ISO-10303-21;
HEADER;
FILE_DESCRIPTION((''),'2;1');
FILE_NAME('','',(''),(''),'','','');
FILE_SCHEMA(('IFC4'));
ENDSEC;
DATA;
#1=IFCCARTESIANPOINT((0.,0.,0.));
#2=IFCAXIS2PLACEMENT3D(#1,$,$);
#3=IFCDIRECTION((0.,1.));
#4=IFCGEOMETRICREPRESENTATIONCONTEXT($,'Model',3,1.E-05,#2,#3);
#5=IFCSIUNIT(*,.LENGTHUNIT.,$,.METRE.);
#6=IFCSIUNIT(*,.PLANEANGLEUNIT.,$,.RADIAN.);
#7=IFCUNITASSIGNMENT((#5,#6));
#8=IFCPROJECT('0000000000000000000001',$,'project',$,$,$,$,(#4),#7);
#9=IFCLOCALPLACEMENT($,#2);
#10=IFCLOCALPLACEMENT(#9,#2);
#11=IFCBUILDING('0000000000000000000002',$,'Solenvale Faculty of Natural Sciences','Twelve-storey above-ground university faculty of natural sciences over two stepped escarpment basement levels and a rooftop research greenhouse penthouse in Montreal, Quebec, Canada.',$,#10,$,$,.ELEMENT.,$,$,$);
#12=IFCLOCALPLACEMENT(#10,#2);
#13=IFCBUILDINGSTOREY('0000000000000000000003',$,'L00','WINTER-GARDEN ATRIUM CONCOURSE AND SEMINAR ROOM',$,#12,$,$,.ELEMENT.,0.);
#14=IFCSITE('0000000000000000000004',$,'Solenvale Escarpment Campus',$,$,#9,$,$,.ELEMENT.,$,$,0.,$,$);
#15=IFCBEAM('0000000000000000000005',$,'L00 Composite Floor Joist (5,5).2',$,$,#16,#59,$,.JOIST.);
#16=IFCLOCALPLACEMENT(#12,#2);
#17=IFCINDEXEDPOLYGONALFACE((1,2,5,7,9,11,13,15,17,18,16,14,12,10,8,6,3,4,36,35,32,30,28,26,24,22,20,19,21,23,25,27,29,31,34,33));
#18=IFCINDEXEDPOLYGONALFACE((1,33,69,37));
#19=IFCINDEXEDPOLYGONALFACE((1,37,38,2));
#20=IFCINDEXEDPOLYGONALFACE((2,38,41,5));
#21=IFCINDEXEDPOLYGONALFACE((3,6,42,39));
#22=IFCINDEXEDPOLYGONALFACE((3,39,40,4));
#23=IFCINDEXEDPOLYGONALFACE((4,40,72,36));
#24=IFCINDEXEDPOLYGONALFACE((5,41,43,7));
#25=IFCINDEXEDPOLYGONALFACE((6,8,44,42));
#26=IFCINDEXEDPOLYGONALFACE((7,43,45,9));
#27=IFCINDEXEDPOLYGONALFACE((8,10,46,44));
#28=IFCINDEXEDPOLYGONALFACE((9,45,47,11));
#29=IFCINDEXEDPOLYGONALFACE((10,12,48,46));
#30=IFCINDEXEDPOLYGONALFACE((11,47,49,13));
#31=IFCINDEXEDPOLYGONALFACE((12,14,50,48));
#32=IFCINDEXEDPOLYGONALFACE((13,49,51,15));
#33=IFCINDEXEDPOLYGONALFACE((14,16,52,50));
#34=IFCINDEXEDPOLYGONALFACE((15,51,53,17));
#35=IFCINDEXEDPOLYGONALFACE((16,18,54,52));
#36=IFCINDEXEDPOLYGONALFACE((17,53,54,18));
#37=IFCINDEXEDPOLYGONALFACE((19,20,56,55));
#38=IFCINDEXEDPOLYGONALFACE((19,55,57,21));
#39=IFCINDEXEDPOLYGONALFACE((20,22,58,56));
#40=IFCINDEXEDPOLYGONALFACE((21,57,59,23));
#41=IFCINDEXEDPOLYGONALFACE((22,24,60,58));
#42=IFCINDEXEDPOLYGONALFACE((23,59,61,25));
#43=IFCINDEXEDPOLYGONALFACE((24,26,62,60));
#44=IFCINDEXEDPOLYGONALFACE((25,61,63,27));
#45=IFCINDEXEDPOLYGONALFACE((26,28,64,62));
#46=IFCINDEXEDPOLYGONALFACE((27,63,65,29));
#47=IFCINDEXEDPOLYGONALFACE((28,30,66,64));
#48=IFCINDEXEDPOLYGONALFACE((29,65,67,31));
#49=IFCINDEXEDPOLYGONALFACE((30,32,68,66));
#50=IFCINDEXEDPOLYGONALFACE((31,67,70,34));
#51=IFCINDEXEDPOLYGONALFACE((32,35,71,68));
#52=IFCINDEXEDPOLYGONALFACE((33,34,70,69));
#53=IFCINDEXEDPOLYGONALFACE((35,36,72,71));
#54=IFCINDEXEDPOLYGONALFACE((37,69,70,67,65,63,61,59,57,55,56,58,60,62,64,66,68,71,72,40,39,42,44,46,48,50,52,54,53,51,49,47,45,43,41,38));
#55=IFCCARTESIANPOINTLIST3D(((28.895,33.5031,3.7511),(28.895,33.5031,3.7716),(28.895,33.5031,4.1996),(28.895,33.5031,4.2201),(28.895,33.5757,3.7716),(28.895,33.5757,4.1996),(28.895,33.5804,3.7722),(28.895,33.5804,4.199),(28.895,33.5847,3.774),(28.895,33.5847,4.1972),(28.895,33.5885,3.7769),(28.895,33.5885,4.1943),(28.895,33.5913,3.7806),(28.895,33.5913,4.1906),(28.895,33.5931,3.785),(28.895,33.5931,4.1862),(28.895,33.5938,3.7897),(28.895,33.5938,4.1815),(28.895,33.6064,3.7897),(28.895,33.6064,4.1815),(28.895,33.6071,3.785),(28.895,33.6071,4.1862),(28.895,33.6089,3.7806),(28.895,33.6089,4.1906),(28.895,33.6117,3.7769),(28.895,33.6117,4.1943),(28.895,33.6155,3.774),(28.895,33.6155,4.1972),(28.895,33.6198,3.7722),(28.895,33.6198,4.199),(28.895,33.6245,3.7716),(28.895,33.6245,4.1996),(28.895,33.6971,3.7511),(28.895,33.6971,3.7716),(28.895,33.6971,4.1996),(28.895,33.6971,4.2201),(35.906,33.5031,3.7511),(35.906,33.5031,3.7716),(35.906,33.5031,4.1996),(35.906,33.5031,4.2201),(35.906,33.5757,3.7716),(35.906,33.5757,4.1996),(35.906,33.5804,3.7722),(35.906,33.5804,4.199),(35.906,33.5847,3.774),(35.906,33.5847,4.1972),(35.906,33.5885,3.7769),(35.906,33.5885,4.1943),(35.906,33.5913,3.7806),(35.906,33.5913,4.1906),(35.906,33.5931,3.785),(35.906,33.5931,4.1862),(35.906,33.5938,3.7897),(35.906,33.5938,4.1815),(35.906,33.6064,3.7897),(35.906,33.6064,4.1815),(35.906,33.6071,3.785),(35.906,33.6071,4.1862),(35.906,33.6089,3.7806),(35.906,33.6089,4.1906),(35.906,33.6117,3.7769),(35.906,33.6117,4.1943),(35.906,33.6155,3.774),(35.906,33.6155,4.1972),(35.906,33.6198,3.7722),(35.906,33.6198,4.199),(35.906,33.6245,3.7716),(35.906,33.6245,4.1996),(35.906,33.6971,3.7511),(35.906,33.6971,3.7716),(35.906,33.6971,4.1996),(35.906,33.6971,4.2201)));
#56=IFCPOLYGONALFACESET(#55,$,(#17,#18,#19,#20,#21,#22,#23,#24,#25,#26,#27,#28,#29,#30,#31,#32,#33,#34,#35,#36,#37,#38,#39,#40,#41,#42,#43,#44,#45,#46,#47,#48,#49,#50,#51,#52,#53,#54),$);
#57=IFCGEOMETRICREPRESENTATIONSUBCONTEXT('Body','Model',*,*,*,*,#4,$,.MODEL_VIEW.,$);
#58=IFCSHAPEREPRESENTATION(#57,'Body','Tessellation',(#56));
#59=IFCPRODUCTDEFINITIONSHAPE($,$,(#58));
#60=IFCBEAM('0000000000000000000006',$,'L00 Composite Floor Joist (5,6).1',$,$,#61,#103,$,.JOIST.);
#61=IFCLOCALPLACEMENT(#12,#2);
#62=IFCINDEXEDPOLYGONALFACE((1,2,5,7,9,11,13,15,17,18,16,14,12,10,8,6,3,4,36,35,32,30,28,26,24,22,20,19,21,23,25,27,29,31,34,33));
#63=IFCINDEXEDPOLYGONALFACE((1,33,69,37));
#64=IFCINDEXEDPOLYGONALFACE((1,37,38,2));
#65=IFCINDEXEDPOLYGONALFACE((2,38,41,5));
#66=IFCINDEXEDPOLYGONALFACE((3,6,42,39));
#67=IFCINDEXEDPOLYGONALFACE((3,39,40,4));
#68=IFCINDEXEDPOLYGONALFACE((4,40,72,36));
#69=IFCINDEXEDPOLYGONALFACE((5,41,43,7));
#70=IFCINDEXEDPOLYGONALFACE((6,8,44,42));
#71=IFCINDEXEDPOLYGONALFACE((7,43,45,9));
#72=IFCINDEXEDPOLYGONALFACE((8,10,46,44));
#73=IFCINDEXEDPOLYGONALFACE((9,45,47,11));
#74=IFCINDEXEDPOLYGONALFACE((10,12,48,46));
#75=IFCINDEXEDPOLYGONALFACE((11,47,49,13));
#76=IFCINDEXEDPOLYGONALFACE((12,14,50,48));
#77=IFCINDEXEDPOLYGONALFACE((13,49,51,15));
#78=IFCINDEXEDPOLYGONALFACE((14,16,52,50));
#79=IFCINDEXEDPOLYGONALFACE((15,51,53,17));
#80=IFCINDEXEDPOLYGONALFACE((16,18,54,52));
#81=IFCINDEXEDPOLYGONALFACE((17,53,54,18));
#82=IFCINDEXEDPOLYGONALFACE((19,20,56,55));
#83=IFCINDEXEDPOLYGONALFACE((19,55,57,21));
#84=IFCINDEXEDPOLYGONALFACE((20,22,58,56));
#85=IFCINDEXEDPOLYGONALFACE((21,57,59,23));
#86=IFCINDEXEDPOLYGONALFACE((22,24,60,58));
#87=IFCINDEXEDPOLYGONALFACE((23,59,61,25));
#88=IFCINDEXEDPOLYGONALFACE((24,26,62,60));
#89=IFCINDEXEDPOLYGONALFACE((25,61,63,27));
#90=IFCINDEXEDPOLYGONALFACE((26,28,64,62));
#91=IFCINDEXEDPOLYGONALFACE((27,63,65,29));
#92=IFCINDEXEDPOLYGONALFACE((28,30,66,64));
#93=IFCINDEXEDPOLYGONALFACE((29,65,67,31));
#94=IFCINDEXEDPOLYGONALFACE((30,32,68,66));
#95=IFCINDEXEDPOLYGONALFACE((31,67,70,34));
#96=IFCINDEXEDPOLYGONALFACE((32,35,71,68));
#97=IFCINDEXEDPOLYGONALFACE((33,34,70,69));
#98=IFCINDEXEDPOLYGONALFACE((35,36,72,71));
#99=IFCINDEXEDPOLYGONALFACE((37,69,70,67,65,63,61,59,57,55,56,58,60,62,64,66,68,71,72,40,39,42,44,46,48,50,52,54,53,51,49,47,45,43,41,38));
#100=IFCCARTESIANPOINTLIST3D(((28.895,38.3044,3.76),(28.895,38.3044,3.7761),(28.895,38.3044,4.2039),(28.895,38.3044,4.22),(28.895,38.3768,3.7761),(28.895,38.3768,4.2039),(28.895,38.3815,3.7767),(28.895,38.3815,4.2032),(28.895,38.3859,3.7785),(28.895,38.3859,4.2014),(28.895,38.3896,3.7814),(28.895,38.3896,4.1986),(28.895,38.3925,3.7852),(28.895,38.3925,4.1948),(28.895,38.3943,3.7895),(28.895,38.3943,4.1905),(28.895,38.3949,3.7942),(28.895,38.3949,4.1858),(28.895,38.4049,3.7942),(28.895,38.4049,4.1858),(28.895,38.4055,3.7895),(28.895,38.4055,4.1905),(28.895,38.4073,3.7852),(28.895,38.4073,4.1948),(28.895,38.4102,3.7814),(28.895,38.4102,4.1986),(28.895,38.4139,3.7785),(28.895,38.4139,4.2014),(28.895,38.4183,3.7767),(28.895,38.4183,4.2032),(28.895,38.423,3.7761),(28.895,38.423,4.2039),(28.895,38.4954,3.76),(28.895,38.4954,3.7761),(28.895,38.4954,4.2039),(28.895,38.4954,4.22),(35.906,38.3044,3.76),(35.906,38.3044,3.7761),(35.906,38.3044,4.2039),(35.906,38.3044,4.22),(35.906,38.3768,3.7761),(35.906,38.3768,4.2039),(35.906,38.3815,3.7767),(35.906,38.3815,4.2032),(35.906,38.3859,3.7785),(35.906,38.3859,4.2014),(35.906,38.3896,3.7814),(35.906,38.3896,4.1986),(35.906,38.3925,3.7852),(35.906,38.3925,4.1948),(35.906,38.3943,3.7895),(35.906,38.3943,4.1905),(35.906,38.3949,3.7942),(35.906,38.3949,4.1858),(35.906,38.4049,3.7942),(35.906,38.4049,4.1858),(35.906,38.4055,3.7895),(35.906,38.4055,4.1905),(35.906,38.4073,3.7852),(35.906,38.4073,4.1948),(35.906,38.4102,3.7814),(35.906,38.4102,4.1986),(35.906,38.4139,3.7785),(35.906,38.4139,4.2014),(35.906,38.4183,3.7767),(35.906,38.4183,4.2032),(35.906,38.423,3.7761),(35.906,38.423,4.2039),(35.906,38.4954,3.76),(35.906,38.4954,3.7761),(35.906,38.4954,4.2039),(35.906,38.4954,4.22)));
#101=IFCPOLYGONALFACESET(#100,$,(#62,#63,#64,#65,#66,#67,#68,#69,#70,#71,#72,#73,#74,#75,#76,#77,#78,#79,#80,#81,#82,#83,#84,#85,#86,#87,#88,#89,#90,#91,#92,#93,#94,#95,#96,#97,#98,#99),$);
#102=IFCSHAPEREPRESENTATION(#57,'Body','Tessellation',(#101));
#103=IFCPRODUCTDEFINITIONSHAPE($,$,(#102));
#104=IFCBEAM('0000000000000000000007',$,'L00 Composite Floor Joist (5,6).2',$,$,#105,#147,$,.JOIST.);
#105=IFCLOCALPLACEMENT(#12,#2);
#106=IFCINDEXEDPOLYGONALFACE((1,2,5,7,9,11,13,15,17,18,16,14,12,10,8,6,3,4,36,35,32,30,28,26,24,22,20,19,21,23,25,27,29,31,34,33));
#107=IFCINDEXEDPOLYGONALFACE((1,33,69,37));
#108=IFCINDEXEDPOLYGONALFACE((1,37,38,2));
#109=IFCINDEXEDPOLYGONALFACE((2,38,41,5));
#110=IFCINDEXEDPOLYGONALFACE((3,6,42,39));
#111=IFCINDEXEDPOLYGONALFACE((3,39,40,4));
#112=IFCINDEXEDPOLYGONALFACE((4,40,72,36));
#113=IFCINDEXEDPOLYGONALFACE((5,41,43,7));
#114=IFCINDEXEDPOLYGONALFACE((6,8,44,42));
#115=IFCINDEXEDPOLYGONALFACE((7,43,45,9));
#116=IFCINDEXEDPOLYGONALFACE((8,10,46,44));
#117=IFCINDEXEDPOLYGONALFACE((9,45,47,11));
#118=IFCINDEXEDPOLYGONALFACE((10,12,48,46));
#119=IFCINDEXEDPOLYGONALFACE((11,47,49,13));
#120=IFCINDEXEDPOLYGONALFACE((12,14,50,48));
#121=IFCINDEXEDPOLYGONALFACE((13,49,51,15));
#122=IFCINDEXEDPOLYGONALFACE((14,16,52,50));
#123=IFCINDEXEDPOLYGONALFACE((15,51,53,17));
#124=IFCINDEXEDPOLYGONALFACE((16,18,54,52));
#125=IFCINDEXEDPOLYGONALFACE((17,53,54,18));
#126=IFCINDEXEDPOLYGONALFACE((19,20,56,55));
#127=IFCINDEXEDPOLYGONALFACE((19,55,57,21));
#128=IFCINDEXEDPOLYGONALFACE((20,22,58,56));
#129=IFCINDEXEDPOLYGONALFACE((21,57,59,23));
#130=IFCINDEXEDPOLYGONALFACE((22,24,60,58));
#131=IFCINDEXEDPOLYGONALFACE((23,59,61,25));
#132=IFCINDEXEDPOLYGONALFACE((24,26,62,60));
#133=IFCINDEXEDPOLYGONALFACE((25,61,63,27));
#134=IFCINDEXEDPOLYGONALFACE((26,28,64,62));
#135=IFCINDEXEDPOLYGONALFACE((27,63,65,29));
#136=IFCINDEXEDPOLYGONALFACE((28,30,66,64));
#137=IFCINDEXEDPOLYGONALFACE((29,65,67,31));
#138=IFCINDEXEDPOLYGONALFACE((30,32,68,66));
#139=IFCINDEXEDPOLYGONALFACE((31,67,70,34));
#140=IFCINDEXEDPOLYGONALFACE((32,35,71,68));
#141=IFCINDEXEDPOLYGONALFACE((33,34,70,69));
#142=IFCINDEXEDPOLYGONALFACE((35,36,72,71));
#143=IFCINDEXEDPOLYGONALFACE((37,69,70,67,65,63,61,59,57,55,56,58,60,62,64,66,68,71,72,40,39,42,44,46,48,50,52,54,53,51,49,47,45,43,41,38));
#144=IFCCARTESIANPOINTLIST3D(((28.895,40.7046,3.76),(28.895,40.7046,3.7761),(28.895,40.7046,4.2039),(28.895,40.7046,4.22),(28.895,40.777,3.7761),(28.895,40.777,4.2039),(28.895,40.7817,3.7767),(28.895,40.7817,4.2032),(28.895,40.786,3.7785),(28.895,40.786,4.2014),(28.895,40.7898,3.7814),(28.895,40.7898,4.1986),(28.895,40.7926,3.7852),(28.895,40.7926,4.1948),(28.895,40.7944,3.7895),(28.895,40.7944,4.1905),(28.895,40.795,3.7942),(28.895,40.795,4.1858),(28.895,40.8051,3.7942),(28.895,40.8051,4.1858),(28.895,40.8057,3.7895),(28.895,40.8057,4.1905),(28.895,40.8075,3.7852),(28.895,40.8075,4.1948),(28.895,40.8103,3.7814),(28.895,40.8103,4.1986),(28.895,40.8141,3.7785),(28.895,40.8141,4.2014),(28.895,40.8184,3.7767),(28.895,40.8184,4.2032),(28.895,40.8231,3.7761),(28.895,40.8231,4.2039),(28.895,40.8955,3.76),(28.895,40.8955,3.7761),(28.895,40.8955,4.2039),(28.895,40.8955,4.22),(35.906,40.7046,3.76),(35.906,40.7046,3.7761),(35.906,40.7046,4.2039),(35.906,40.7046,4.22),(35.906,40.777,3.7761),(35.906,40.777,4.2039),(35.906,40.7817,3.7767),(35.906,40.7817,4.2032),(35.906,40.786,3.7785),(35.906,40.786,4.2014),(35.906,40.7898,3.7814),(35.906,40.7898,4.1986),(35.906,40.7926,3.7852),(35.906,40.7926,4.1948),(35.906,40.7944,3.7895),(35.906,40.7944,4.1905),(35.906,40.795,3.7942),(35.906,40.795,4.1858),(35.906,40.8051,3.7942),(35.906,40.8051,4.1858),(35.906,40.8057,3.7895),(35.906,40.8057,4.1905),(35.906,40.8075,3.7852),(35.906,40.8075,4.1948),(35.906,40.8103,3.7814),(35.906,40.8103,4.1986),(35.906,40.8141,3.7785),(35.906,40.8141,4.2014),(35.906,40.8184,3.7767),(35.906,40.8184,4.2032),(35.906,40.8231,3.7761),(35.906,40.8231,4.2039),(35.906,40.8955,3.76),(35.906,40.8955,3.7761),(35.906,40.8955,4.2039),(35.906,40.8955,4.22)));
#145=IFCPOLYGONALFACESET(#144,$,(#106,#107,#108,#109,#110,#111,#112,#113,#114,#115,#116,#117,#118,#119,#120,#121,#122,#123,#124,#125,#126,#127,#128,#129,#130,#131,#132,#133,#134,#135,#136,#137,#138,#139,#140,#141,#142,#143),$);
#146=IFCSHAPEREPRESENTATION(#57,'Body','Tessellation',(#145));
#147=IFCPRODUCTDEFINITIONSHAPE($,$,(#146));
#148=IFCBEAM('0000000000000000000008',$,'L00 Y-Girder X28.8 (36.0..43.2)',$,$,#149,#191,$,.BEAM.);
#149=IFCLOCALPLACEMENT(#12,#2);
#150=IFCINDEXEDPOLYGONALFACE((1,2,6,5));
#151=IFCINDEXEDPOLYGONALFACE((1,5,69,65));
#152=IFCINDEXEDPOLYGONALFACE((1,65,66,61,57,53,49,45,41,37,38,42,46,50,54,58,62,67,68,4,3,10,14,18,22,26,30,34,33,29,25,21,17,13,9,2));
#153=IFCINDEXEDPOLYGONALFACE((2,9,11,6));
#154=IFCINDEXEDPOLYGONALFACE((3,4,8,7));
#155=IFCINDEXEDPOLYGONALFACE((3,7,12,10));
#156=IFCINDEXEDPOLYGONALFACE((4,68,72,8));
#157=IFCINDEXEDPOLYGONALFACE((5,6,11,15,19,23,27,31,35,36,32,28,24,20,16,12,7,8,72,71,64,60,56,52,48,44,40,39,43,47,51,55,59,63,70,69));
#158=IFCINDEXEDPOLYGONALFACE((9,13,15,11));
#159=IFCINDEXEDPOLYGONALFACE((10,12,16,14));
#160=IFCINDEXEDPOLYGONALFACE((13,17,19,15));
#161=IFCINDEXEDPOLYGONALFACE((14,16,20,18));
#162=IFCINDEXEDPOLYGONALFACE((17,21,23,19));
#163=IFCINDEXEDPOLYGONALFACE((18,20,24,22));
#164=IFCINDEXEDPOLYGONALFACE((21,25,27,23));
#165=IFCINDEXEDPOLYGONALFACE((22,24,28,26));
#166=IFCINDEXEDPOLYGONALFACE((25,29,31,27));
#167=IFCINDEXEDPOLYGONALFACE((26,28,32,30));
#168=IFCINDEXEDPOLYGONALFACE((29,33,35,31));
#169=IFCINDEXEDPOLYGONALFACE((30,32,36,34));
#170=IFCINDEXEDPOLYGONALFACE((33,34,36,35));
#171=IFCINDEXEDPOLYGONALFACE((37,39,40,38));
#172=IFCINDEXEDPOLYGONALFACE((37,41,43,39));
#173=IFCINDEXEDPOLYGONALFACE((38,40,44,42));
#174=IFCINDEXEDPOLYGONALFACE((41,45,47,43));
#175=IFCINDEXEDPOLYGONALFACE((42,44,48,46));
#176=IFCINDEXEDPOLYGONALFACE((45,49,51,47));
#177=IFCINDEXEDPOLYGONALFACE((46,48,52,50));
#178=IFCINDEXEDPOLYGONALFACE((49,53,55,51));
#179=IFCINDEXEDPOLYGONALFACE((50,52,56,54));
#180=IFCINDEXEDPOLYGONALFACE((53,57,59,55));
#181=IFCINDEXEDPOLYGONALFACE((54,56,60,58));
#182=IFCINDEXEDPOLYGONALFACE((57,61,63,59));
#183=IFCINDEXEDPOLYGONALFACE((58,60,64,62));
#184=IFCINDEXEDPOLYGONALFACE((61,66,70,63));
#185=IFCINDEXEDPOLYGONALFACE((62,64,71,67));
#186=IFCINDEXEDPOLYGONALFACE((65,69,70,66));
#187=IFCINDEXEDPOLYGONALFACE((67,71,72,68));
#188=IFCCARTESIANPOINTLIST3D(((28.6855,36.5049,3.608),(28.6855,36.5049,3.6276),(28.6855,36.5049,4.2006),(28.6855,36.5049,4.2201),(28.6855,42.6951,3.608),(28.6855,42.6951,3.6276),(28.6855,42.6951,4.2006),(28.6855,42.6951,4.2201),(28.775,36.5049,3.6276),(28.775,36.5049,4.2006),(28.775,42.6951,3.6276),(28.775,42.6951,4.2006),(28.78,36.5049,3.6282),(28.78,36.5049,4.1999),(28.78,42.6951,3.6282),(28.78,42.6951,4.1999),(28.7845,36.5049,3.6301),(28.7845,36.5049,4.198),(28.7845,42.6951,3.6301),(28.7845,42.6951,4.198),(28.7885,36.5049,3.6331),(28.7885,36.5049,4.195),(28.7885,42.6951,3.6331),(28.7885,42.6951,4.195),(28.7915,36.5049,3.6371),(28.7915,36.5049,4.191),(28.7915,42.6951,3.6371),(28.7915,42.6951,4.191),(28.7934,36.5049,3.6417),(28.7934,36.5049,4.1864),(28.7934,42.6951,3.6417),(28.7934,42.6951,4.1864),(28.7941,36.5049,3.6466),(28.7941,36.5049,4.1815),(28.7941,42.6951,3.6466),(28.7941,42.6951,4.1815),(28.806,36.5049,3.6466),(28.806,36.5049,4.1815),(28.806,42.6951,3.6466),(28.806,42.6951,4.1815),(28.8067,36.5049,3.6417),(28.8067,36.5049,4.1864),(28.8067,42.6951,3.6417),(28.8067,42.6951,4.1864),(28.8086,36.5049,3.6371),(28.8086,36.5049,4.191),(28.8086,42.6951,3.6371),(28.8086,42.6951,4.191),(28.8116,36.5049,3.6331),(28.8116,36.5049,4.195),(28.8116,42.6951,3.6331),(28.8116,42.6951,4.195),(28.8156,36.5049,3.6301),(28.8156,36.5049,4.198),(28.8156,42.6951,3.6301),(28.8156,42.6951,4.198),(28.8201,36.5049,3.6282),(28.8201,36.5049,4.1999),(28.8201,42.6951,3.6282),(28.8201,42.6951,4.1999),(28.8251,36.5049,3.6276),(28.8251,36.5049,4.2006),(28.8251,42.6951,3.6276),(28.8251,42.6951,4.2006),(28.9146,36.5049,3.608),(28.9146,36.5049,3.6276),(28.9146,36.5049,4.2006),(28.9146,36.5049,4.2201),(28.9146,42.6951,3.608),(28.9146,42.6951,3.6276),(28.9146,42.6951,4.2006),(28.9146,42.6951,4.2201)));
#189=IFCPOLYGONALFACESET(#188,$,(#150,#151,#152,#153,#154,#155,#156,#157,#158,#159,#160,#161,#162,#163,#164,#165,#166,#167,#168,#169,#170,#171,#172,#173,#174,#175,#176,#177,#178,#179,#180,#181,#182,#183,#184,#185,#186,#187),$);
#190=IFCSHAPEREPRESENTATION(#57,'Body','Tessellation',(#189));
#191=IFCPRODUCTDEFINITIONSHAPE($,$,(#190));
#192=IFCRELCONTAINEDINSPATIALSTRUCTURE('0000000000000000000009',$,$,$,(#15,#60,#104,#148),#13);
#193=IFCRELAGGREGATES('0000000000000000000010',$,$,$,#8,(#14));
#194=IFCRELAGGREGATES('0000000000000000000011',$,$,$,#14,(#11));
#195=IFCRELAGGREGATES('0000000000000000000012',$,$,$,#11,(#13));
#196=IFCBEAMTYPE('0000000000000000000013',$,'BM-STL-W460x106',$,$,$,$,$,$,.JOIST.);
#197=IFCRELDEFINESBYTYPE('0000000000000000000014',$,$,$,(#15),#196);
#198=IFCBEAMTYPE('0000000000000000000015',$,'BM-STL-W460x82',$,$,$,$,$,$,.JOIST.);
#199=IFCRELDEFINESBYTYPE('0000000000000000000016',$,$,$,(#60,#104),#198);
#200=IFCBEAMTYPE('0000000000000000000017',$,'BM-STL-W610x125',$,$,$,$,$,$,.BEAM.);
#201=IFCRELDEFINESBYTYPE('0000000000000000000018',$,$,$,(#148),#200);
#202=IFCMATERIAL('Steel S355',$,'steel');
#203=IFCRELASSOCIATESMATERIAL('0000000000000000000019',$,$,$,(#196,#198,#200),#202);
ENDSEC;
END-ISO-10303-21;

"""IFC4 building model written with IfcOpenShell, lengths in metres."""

from ifc_helpers import new_model, si_unit, direction, frame, origin, origin_2d, place, context, subcontext, project, spatial, i_section, extrude, material, material_profile, profile_set, type_object, element, save


model = new_model("IFC4")

# Units and contexts
model_context = context("Model", 3, precision=1e-05, world=origin(), true_north=direction((0.0, 1.0)))
body_context = subcontext(model_context, "Body", "Model", "MODEL_VIEW")
ifc_project = project(units=[si_unit("LENGTHUNIT", "METRE"), si_unit("PLANEANGLEUNIT", "RADIAN")], contexts=[model_context])

# Site, building, storey
site_placement = place(None, origin())
site = spatial("IfcSite", under=ifc_project, at=site_placement, Name="Solenvale Escarpment Campus", CompositionType="ELEMENT", RefElevation=0.0)
building_placement = place(site_placement, origin())
building = spatial("IfcBuilding", under=site, at=building_placement, Name="Solenvale Faculty of Natural Sciences", Description="Twelve-storey above-ground university faculty of natural sciences over two stepped escarpment basement levels and a rooftop research greenhouse penthouse in Montreal, Quebec, Canada.", CompositionType="ELEMENT")
storey_placement = place(building_placement, origin())
storey = spatial("IfcBuildingStorey", under=building, at=storey_placement, Name="L00", Description="WINTER-GARDEN ATRIUM CONCOURSE AND SEMINAR ROOM", CompositionType="ELEMENT", Elevation=0.0)

# Beams
ifc_material_1 = material(Name="Steel S355", Category="steel")
ifc_material_profile_1 = material_profile(ifc_material_1, i_section(OverallWidth=0.1941, OverallDepth=0.469, WebThickness=0.0127, FlangeThickness=0.0205, FilletRadius=0.0181, at=origin_2d()), Name="W460x106")
ifc_profile_set_1 = profile_set([ifc_material_profile_1], Name="Steel S355")
beam_type_1 = type_object("IfcBeamType", Name="BM-STL-W460x106", PredefinedType="JOIST", material=ifc_profile_set_1)
for number, where, z_axis, x_axis, name in (
    (1, (28.895, 33.6001, 3.9856), (1.0, 0.0, 0.0), (0.0, 1.0, 0.0), "L00 Composite Floor Joist (5,5).2"),
):
    element("IfcBeam", number, at=place(storey_placement, frame(where, z_axis=z_axis, x_axis=x_axis)), inside=storey, type_object=beam_type_1, Name=name, PredefinedType="JOIST", context=body_context, shape_type="SweptSolid", body=[
        extrude(i_section(OverallWidth=0.1941, OverallDepth=0.469, WebThickness=0.0127, FlangeThickness=0.0205, FilletRadius=0.0181, at=origin_2d()), origin(), (0.0, 0.0, 1.0), 7.011),
    ])
ifc_material_profile_2 = material_profile(ifc_material_1, i_section(OverallWidth=0.1909, OverallDepth=0.46, WebThickness=0.01, FlangeThickness=0.0161, FilletRadius=0.0181, at=origin_2d()), Name="W460x82")
ifc_profile_set_2 = profile_set([ifc_material_profile_2], Name="Steel S355")
beam_type_2 = type_object("IfcBeamType", Name="BM-STL-W460x82", PredefinedType="JOIST", material=ifc_profile_set_2)
for number, where, z_axis, x_axis, name in (
    (2, (28.895, 38.3999, 3.99), (1.0, 0.0, 0.0), (0.0, 1.0, 0.0), "L00 Composite Floor Joist (5,6).1"),
    (3, (28.895, 40.8, 3.99), (1.0, 0.0, 0.0), (0.0, 1.0, 0.0), "L00 Composite Floor Joist (5,6).2"),
):
    element("IfcBeam", number, at=place(storey_placement, frame(where, z_axis=z_axis, x_axis=x_axis)), inside=storey, type_object=beam_type_2, Name=name, PredefinedType="JOIST", context=body_context, shape_type="SweptSolid", body=[
        extrude(i_section(OverallWidth=0.1909, OverallDepth=0.46, WebThickness=0.01, FlangeThickness=0.0161, FilletRadius=0.0181, at=origin_2d()), origin(), (0.0, 0.0, 1.0), 7.011),
    ])
ifc_material_profile_3 = material_profile(ifc_material_1, i_section(OverallWidth=0.229, OverallDepth=0.6121, WebThickness=0.012, FlangeThickness=0.0195, FilletRadius=0.019, at=origin_2d()), Name="W610x125")
ifc_profile_set_3 = profile_set([ifc_material_profile_3], Name="Steel S355")
beam_type_3 = type_object("IfcBeamType", Name="BM-STL-W610x125", PredefinedType="BEAM", material=ifc_profile_set_3)
beam_1_placement = place(storey_placement, frame((28.8, 36.5049, 3.9141), z_axis=(0.0, 1.0, 0.0), x_axis=(-1.0, 0.0, 0.0)))
element("IfcBeam", 4, at=beam_1_placement, inside=storey, type_object=beam_type_3, Name="L00 Y-Girder X28.8 (36.0..43.2)", PredefinedType="BEAM", context=body_context, shape_type="SweptSolid", body=[
    extrude(i_section(OverallWidth=0.229, OverallDepth=0.6121, WebThickness=0.012, FlangeThickness=0.0195, FilletRadius=0.019, at=origin_2d()), origin(), (0.0, 0.0, 1.0), 6.1902),
])

save(model, "model.ifc")
